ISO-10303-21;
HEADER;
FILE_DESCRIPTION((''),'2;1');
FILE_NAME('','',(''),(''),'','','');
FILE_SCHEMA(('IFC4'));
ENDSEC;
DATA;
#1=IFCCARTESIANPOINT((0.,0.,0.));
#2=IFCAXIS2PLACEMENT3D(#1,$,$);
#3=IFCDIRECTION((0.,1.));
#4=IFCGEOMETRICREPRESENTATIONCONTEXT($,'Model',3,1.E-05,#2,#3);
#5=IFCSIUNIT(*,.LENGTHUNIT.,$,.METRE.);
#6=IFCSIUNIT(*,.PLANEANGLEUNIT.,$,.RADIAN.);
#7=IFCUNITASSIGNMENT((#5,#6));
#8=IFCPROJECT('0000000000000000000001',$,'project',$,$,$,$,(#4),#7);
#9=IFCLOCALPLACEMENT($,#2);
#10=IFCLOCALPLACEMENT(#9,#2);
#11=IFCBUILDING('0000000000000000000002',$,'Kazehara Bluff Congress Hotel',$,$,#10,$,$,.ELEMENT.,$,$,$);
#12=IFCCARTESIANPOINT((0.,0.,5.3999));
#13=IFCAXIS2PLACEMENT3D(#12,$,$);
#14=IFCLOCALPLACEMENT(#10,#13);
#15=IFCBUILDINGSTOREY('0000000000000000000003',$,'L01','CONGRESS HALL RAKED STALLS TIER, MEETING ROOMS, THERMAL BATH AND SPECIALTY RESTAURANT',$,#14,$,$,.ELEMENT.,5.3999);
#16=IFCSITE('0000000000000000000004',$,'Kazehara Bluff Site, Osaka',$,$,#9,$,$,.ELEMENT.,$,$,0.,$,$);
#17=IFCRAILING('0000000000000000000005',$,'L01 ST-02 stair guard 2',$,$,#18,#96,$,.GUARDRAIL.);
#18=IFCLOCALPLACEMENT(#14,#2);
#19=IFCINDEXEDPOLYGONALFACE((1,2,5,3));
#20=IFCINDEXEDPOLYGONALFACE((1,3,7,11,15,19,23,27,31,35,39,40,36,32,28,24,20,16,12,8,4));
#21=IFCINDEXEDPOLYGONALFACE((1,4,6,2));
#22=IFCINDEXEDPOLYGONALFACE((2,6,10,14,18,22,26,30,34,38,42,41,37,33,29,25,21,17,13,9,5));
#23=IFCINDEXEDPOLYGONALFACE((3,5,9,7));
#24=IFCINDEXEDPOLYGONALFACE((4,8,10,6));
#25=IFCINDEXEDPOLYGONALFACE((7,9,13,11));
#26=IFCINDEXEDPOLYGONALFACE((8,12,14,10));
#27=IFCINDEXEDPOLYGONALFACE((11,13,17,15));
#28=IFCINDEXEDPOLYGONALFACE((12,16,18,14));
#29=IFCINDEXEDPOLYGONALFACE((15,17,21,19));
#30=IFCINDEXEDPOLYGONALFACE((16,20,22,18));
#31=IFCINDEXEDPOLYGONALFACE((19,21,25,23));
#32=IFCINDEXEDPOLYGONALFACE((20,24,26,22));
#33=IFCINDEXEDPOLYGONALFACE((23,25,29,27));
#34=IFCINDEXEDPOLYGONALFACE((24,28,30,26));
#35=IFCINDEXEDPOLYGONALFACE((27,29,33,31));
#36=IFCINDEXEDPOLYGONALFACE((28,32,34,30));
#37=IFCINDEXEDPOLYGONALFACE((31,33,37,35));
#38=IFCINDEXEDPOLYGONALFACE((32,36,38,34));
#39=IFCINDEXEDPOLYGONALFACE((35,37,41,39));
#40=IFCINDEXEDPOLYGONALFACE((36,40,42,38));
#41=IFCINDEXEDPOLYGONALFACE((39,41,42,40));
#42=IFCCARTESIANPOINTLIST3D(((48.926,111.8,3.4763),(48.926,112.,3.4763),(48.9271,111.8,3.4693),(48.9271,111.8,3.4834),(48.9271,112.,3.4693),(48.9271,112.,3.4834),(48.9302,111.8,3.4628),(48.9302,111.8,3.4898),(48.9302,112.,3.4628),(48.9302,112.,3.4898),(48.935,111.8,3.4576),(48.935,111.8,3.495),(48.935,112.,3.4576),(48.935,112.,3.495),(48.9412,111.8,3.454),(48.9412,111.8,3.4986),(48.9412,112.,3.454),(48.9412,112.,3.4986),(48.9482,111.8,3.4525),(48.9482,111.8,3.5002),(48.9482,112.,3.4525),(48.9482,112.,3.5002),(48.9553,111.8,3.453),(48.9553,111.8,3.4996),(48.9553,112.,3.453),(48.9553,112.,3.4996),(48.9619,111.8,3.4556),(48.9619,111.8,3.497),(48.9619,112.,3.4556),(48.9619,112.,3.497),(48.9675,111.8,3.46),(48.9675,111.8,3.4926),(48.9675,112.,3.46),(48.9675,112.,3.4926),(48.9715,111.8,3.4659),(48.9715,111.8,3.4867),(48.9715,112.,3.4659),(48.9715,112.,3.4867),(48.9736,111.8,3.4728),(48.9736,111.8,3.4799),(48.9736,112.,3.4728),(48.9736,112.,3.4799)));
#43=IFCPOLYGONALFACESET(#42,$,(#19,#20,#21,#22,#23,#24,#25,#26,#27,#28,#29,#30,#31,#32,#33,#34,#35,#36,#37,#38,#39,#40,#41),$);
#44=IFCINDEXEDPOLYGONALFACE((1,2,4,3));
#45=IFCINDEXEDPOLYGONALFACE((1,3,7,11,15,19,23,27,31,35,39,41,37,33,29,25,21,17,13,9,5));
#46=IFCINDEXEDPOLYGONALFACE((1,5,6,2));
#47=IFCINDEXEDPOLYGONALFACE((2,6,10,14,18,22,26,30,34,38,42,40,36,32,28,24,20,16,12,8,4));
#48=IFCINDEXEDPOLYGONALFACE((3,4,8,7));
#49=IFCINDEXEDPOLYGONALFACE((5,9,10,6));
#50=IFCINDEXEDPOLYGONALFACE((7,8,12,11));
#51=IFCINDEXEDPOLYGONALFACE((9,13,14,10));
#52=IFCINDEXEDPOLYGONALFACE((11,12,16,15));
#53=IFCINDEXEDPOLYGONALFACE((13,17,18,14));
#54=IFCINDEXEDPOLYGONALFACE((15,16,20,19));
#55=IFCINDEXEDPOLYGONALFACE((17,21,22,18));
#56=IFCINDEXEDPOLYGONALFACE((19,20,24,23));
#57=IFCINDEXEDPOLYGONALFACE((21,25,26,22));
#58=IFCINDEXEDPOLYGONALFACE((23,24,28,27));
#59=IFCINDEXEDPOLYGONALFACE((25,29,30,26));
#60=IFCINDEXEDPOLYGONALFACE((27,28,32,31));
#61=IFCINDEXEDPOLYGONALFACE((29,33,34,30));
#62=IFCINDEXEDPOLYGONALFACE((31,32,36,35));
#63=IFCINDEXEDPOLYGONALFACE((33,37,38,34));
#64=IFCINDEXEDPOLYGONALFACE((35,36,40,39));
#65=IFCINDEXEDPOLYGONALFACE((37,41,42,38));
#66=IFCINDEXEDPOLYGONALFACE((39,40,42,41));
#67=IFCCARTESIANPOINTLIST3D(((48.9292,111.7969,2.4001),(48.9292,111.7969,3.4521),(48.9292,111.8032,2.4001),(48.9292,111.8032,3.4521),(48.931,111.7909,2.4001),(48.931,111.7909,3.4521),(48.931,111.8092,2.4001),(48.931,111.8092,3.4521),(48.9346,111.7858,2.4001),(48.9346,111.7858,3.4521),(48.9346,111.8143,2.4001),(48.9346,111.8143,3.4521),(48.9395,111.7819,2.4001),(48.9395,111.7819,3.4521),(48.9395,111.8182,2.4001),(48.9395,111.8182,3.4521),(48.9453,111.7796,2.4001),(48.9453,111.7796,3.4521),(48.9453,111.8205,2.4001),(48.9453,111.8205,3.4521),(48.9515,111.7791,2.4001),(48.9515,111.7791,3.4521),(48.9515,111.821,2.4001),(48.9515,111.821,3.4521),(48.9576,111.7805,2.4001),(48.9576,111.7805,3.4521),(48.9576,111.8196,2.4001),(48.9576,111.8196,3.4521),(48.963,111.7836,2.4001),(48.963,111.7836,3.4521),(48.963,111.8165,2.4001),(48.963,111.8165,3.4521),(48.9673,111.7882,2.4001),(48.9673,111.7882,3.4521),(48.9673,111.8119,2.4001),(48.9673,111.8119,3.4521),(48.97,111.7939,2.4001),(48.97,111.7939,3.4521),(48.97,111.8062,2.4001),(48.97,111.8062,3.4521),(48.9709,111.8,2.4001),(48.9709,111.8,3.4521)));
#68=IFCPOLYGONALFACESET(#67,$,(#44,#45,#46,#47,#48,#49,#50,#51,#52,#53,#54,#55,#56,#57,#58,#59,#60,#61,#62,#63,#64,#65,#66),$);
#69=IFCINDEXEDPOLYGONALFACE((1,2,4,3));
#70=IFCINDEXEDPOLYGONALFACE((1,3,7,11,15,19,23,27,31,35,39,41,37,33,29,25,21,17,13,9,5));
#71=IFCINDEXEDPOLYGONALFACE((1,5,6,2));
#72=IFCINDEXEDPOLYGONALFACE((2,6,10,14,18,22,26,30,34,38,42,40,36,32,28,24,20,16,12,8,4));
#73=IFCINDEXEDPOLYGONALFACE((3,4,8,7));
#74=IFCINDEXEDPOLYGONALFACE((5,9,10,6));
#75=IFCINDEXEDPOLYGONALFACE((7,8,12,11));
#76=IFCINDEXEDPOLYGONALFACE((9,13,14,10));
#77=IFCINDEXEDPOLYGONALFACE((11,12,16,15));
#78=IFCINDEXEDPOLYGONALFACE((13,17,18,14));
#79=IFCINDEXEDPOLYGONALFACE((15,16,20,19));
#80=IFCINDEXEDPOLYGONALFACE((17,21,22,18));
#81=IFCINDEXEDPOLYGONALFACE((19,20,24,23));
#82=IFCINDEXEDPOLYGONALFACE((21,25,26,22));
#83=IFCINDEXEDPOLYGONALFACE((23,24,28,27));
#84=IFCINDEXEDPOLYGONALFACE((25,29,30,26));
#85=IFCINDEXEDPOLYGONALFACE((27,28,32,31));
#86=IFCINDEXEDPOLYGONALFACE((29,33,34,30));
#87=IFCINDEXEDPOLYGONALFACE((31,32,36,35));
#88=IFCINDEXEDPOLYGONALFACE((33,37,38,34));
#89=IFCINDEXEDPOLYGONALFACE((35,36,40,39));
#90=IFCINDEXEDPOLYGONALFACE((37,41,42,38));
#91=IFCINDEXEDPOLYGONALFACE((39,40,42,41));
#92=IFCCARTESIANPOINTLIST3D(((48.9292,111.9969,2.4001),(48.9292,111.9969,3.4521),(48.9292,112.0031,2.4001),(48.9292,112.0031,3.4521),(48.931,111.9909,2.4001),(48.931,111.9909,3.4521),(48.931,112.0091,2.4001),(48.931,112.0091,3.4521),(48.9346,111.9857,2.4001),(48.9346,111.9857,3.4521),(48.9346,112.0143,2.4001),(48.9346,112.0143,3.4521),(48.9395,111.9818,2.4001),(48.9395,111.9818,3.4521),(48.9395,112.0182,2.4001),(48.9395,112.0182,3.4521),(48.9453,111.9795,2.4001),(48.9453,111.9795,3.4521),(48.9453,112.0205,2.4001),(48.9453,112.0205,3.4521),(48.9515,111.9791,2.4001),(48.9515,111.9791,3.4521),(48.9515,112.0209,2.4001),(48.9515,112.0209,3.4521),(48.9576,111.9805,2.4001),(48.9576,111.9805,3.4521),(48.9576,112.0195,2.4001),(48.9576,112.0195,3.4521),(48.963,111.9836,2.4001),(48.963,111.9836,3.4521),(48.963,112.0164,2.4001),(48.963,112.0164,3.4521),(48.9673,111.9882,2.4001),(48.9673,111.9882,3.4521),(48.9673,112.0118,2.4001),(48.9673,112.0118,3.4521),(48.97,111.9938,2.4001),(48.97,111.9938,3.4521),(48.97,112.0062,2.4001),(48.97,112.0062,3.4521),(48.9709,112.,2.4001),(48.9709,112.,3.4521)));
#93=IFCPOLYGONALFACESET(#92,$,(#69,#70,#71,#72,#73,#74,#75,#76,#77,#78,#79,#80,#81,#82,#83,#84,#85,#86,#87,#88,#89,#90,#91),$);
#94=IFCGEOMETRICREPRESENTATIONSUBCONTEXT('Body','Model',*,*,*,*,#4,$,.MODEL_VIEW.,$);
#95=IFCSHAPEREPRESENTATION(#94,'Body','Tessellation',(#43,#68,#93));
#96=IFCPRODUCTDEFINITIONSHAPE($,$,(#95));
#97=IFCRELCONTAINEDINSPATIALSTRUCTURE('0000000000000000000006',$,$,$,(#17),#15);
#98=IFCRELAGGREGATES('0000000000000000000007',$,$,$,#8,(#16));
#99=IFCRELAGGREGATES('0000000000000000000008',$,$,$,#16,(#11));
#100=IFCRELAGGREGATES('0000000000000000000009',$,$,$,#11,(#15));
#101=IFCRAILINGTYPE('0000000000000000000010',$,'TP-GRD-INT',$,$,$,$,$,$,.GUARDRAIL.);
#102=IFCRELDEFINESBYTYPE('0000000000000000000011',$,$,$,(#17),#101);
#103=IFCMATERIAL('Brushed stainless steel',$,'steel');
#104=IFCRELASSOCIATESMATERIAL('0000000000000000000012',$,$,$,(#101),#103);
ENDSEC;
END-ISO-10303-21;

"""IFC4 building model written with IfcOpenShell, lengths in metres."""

from ifc_helpers import new_model, si_unit, direction, frame, origin, origin_2d, place, context, subcontext, project, spatial, circle, extrude, material, type_object, element, save


model = new_model("IFC4")

# Units and contexts
model_context = context("Model", 3, precision=1e-05, world=origin(), true_north=direction((0.0, 1.0)))
body_context = subcontext(model_context, "Body", "Model", "MODEL_VIEW")
ifc_project = project(units=[si_unit("LENGTHUNIT", "METRE"), si_unit("PLANEANGLEUNIT", "RADIAN")], contexts=[model_context])

# Site, building, storey
site_placement = place(None, origin())
site = spatial("IfcSite", under=ifc_project, at=site_placement, Name="Kazehara Bluff Site, Osaka", CompositionType="ELEMENT", RefElevation=0.0)
building_placement = place(site_placement, origin())
building = spatial("IfcBuilding", under=site, at=building_placement, Name="Kazehara Bluff Congress Hotel", CompositionType="ELEMENT")
storey_placement = place(building_placement, frame((0.0, 0.0, 5.3999)))
storey = spatial("IfcBuildingStorey", under=building, at=storey_placement, Name="L01", Description="CONGRESS HALL RAKED STALLS TIER, MEETING ROOMS, THERMAL BATH AND SPECIALTY RESTAURANT", CompositionType="ELEMENT", Elevation=5.3999)

# Railing
ifc_material_1 = material(Name="Brushed stainless steel", Category="steel")
railing_type_1 = type_object("IfcRailingType", Name="TP-GRD-INT", PredefinedType="GUARDRAIL", material=ifc_material_1)
railing_1_placement = place(storey_placement, frame((48.95, 111.8, 2.4001)))
element("IfcRailing", 1, at=railing_1_placement, inside=storey, type_object=railing_type_1, Name="L01 ST-02 stair guard 2", PredefinedType="GUARDRAIL", context=body_context, shape_type="SweptSolid", body=[
    extrude(circle(Radius=0.0239, at=origin_2d()), frame((0.0, 0.0, 1.0762), z_axis=(0.0, 1.0, 0.0), x_axis=(-1.0, 0.0, 0.0)), (0.0, 0.0, 1.0), 0.2),
    extrude(circle(Radius=0.021, at=origin_2d()), origin(), (0.0, 0.0, 1.0), 1.052),
    extrude(circle(Radius=0.021, at=origin_2d()), frame((0.0, 0.2, 0.0)), (0.0, 0.0, 1.0), 1.052),
])

save(model, "model.ifc")
